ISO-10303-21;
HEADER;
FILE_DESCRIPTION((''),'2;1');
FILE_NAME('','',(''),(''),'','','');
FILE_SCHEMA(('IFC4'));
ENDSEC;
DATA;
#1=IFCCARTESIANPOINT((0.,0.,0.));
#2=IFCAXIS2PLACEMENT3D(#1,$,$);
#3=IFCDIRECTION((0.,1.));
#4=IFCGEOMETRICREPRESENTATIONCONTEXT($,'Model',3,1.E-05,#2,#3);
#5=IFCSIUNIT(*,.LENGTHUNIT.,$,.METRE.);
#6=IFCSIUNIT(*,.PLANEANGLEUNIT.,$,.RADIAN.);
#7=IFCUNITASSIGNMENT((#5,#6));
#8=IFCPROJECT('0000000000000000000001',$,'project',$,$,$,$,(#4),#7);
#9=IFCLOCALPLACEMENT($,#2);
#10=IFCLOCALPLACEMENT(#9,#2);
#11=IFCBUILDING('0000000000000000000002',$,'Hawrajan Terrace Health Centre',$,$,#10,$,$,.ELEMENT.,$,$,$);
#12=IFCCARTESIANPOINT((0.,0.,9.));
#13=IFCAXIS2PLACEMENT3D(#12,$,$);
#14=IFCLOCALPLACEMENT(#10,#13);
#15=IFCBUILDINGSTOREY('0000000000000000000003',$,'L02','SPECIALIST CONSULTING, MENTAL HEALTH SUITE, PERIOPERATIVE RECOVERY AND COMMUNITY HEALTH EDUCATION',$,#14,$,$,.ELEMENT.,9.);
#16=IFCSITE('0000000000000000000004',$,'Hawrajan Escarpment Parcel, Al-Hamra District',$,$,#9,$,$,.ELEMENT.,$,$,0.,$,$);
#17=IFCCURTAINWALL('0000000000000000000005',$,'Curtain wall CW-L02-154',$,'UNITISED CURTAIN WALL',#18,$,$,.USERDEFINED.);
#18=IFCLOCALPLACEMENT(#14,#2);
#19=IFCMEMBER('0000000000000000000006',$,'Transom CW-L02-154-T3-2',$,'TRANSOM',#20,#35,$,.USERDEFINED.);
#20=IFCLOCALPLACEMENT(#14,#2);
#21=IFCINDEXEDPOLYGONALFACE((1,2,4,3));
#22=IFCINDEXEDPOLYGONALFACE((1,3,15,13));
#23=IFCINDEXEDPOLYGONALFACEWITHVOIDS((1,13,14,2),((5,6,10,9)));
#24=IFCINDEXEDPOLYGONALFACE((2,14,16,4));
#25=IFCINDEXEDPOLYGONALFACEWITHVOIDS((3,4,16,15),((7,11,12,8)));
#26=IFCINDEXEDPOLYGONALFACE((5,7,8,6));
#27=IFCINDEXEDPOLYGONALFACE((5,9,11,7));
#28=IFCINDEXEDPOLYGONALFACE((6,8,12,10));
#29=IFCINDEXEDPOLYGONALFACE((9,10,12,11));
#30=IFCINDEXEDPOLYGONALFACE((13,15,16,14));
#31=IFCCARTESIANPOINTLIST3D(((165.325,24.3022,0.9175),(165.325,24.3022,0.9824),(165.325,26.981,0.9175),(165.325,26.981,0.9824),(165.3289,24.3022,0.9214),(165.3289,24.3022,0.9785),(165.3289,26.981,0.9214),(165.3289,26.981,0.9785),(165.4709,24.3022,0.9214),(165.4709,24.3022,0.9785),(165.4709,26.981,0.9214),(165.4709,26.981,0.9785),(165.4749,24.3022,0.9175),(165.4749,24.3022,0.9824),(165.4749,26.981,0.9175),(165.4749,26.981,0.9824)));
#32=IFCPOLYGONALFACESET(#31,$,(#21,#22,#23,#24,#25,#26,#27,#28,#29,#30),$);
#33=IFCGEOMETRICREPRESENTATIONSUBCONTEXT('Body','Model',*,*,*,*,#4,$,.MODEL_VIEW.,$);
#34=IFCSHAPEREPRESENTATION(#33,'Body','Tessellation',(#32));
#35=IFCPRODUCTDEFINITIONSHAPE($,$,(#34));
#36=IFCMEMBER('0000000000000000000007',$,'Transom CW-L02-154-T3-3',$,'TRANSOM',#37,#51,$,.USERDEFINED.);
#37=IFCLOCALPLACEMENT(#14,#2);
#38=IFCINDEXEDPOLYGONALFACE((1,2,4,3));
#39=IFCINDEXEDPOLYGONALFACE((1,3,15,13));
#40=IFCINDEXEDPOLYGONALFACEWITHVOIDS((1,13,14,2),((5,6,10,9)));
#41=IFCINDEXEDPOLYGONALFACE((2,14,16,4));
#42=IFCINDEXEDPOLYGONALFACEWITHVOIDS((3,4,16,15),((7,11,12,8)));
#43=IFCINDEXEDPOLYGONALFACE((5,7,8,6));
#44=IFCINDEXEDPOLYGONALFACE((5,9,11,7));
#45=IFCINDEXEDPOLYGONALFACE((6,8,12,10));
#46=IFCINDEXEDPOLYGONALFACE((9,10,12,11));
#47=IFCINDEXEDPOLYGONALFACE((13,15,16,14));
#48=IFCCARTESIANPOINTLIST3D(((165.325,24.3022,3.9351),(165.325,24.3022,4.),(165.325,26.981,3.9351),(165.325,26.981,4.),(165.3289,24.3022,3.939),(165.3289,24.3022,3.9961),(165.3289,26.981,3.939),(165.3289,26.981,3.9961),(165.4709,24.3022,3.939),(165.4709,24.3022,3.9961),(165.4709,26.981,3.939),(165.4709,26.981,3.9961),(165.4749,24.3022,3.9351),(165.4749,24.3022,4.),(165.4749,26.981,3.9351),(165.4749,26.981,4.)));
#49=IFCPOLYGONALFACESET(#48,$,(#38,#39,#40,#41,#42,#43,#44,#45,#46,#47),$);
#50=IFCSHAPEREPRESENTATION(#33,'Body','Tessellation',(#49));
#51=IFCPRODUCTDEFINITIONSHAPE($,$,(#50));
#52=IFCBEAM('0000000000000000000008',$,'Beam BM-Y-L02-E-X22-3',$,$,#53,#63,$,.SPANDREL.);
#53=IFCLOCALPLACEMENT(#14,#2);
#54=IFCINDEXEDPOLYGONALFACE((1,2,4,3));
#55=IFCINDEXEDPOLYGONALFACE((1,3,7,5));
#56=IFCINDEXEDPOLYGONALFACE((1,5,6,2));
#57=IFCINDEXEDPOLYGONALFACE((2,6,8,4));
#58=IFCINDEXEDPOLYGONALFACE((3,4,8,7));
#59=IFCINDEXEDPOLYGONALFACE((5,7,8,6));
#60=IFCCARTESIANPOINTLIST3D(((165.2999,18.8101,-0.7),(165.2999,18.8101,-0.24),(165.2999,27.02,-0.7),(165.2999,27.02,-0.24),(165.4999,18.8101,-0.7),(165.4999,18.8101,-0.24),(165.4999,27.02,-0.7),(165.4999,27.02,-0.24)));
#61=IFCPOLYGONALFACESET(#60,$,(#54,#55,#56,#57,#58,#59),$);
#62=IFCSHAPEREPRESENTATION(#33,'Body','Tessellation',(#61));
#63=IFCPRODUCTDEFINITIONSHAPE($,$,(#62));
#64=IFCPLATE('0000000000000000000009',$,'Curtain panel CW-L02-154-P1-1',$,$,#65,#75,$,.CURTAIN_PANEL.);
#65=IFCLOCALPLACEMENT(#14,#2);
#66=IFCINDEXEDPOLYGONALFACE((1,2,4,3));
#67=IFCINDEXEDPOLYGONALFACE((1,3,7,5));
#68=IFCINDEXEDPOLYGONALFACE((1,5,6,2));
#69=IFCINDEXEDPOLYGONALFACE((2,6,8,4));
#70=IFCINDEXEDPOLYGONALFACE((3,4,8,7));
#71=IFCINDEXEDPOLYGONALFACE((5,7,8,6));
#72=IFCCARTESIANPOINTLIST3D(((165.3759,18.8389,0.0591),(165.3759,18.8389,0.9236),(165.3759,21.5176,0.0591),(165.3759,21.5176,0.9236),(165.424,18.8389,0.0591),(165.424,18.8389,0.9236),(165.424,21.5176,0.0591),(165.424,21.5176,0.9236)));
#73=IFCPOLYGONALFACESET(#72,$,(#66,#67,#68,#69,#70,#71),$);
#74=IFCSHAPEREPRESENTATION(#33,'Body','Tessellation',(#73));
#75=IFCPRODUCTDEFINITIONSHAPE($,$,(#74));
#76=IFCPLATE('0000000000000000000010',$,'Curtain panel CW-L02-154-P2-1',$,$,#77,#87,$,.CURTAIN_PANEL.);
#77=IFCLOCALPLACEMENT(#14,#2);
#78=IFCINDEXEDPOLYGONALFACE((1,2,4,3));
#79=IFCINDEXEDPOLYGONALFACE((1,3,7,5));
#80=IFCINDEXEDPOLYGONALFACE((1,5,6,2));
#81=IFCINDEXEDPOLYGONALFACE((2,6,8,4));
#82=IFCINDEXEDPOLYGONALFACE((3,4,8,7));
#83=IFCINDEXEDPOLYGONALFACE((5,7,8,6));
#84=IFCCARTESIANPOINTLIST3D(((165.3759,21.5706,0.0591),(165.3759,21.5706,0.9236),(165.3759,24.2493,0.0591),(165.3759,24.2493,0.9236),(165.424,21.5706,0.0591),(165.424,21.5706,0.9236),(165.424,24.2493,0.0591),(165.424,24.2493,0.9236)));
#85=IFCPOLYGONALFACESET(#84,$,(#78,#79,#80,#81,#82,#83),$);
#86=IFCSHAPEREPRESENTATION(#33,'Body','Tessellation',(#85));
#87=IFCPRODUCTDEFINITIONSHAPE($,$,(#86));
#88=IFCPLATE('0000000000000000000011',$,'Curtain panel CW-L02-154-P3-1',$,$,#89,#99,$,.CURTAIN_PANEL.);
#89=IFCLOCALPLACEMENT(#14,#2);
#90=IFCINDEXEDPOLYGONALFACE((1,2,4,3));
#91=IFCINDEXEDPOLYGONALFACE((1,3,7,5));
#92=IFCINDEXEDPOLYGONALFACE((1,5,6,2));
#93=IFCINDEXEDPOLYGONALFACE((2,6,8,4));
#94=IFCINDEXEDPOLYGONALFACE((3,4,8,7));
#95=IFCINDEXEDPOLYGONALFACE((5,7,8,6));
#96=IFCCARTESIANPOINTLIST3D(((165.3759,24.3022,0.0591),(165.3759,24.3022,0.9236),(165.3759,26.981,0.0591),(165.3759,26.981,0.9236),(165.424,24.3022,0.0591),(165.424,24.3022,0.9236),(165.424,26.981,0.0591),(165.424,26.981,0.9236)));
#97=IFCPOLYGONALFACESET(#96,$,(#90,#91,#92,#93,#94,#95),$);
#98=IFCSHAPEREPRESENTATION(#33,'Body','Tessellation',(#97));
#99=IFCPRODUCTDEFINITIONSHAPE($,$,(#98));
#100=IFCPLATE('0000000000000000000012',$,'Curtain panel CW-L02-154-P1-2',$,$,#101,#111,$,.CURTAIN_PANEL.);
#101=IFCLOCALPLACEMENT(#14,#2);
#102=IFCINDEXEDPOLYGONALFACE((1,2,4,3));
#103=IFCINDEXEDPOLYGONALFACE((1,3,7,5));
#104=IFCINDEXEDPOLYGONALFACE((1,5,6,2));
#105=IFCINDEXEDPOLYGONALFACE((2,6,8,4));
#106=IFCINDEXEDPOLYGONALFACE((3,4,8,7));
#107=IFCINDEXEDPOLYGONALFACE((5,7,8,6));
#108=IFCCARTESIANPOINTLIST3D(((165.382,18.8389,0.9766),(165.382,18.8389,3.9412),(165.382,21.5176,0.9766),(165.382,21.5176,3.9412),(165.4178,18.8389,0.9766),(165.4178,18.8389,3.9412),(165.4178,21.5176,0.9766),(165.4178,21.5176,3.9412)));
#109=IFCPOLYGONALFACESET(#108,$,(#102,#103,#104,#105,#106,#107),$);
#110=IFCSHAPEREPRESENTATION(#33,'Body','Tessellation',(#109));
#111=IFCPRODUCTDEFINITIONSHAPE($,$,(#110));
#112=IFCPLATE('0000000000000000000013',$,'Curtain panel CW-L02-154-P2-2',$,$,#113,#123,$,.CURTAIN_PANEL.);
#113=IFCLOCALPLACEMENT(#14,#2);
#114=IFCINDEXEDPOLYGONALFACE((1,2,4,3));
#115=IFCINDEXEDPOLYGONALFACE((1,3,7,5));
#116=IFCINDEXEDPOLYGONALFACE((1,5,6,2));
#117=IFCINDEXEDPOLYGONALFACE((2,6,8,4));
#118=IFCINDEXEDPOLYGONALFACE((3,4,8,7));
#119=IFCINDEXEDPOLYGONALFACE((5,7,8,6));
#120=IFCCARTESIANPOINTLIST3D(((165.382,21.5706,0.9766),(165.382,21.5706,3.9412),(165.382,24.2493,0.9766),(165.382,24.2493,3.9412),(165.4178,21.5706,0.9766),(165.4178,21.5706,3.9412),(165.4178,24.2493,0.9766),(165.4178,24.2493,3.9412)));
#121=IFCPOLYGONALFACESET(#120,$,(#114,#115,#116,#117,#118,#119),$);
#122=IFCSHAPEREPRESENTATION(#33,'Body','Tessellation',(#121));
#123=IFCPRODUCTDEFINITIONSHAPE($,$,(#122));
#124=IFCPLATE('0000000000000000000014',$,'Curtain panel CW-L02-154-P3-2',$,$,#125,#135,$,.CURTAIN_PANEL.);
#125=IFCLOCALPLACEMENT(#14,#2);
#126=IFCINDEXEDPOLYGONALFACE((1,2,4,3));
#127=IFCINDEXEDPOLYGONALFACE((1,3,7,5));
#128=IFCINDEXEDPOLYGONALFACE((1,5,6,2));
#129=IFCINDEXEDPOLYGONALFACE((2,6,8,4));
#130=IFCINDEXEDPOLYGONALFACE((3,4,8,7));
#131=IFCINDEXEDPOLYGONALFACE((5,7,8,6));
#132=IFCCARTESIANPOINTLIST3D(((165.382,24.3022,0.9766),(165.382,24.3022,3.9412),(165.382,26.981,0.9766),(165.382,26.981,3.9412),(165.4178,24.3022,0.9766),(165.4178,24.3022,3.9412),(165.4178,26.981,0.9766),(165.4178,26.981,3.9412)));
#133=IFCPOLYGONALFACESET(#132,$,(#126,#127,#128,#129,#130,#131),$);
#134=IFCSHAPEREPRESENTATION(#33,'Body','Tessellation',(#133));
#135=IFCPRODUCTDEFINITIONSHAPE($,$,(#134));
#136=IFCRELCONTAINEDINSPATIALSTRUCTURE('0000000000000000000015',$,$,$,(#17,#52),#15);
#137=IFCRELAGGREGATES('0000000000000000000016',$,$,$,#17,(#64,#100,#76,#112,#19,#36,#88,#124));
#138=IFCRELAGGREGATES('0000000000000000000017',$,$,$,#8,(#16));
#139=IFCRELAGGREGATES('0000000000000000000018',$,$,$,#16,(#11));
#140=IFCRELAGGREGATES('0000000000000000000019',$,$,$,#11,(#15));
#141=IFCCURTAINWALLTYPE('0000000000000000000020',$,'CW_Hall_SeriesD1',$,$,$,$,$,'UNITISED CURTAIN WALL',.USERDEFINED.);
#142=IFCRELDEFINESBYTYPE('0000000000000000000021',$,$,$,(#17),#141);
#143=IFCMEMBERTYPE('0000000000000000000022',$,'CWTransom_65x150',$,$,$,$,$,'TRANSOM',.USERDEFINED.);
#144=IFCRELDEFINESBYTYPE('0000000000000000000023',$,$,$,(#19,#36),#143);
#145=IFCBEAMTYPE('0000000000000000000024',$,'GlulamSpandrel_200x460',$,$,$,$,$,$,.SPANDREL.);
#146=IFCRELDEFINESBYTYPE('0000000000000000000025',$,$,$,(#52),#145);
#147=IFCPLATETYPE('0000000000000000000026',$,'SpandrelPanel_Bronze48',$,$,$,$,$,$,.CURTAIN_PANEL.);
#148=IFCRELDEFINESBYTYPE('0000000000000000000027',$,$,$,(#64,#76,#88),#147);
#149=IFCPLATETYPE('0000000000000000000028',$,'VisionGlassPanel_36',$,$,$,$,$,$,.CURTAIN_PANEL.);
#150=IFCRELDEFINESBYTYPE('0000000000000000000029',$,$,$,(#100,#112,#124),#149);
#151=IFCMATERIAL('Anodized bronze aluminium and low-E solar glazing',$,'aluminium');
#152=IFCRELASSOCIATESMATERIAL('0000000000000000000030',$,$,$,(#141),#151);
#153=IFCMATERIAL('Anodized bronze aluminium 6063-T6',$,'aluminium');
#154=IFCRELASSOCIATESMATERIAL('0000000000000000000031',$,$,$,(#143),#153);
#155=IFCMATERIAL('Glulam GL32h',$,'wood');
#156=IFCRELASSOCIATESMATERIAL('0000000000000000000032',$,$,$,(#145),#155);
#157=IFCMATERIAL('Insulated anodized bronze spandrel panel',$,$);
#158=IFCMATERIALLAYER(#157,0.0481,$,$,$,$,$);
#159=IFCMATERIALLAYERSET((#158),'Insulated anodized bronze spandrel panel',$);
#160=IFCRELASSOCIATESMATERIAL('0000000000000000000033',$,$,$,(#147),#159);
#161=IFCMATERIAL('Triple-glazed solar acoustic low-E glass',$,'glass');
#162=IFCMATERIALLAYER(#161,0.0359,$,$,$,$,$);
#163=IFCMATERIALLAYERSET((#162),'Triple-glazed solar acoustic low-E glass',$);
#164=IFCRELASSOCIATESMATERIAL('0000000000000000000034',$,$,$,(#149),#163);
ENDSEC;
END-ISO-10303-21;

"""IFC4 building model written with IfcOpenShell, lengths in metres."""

from ifc_helpers import new_model, si_unit, direction, frame, origin, origin_2d, place, context, subcontext, project, spatial, rectangle, hollow_rectangle, extrude, material, layer, layer_set, material_profile, profile_set, type_object, element, aggregate, save


model = new_model("IFC4")

# Units and contexts
model_context = context("Model", 3, precision=1e-05, world=origin(), true_north=direction((0.0, 1.0)))
body_context = subcontext(model_context, "Body", "Model", "MODEL_VIEW")
ifc_project = project(units=[si_unit("LENGTHUNIT", "METRE"), si_unit("PLANEANGLEUNIT", "RADIAN")], contexts=[model_context])

# Site, building, storey
site_placement = place(None, origin())
site = spatial("IfcSite", under=ifc_project, at=site_placement, Name="Hawrajan Escarpment Parcel, Al-Hamra District", CompositionType="ELEMENT", RefElevation=0.0)
building_placement = place(site_placement, origin())
building = spatial("IfcBuilding", under=site, at=building_placement, Name="Hawrajan Terrace Health Centre", CompositionType="ELEMENT")
storey_placement = place(building_placement, frame((0.0, 0.0, 9.0)))
storey = spatial("IfcBuildingStorey", under=building, at=storey_placement, Name="L02", Description="SPECIALIST CONSULTING, MENTAL HEALTH SUITE, PERIOPERATIVE RECOVERY AND COMMUNITY HEALTH EDUCATION", CompositionType="ELEMENT", Elevation=9.0)

# Curtain wall, members
ifc_material_1 = material(Name="Anodized bronze aluminium and low-E solar glazing", Category="aluminium")
curtain_wall_type = type_object("IfcCurtainWallType", Name="CW_Hall_SeriesD1", ElementType="UNITISED CURTAIN WALL", PredefinedType="USERDEFINED", material=ifc_material_1)
curtain_wall_placement = place(storey_placement, origin())
curtain_wall = element("IfcCurtainWall", 1, at=curtain_wall_placement, inside=storey, type_object=curtain_wall_type, Name="Curtain wall CW-L02-154", ObjectType="UNITISED CURTAIN WALL", PredefinedType="USERDEFINED")
ifc_material_2 = material(Name="Anodized bronze aluminium 6063-T6", Category="aluminium")
ifc_material_profile_1 = material_profile(ifc_material_2, hollow_rectangle(XDim=0.0649, YDim=0.1499, WallThickness=0.0039, at=origin_2d()), Name="CW TRN 65x150")
ifc_profile_set_1 = profile_set([ifc_material_profile_1], Name="Anodized bronze aluminium 6063-T6")
member_type_1 = type_object("IfcMemberType", Name="CWTransom_65x150", ElementType="TRANSOM", PredefinedType="USERDEFINED", material=ifc_profile_set_1)
member_1_placement = place(storey_placement, frame((165.3999, 24.3022, 0.95), z_axis=(0.0, 1.0, 0.0), x_axis=(0.0, 0.0, 1.0)))
member_1 = element("IfcMember", 2, at=member_1_placement, type_object=member_type_1, Name="Transom CW-L02-154-T3-2", ObjectType="TRANSOM", PredefinedType="USERDEFINED", context=body_context, shape_type="SweptSolid", body=[
    extrude(hollow_rectangle(XDim=0.0649, YDim=0.1499, WallThickness=0.0039, at=origin_2d()), origin(), (0.0, 0.0, 1.0), 2.6787),
])
member_2_placement = place(storey_placement, frame((165.3999, 24.3022, 3.9675), z_axis=(0.0, 1.0, 0.0), x_axis=(0.0, 0.0, 1.0)))
member_2 = element("IfcMember", 3, at=member_2_placement, type_object=member_type_1, Name="Transom CW-L02-154-T3-3", ObjectType="TRANSOM", PredefinedType="USERDEFINED", context=body_context, shape_type="SweptSolid", body=[
    extrude(hollow_rectangle(XDim=0.0649, YDim=0.1499, WallThickness=0.0039, at=origin_2d()), origin(), (0.0, 0.0, 1.0), 2.6787),
])

# Beam
ifc_material_3 = material(Name="Glulam GL32h", Category="wood")
ifc_material_profile_2 = material_profile(ifc_material_3, rectangle(XDim=0.2, YDim=0.46, at=origin_2d()), Name="GL SP 200x460")
ifc_profile_set_2 = profile_set([ifc_material_profile_2], Name="Glulam GL32h")
beam_type = type_object("IfcBeamType", Name="GlulamSpandrel_200x460", PredefinedType="SPANDREL", material=ifc_profile_set_2)
beam_placement = place(storey_placement, frame((165.3999, 18.8101, -0.47), z_axis=(0.0, 1.0, 0.0), x_axis=(-1.0, 0.0, 0.0)))
element("IfcBeam", 4, at=beam_placement, inside=storey, type_object=beam_type, Name="Beam BM-Y-L02-E-X22-3", PredefinedType="SPANDREL", context=body_context, shape_type="SweptSolid", body=[
    extrude(rectangle(XDim=0.2, YDim=0.46, at=origin_2d()), origin(), (0.0, 0.0, 1.0), 8.21),
])

# Plates
ifc_material_4 = material(Name="Insulated anodized bronze spandrel panel")
ifc_layer_1 = layer(ifc_material_4, 0.0481)
ifc_layer_set_1 = layer_set([ifc_layer_1], Name="Insulated anodized bronze spandrel panel")
plate_type_1 = type_object("IfcPlateType", Name="SpandrelPanel_Bronze48", PredefinedType="CURTAIN_PANEL", material=ifc_layer_set_1)
plate_1_placement = place(storey_placement, frame((165.3999, 20.1782, 0.0591), z_axis=(0.0, 0.0, 1.0), x_axis=(0.0, 1.0, 0.0)))
plate_1 = element("IfcPlate", 5, at=plate_1_placement, type_object=plate_type_1, Name="Curtain panel CW-L02-154-P1-1", PredefinedType="CURTAIN_PANEL", context=body_context, shape_type="SweptSolid", body=[
    extrude(rectangle(XDim=2.6787, YDim=0.0481, at=origin_2d()), origin(), (0.0, 0.0, 1.0), 0.8645),
])
plate_2_placement = place(storey_placement, frame((165.3999, 22.9099, 0.0591), z_axis=(0.0, 0.0, 1.0), x_axis=(0.0, 1.0, 0.0)))
plate_2 = element("IfcPlate", 6, at=plate_2_placement, type_object=plate_type_1, Name="Curtain panel CW-L02-154-P2-1", PredefinedType="CURTAIN_PANEL", context=body_context, shape_type="SweptSolid", body=[
    extrude(rectangle(XDim=2.6787, YDim=0.0481, at=origin_2d()), origin(), (0.0, 0.0, 1.0), 0.8645),
])
plate_3_placement = place(storey_placement, frame((165.3999, 25.6416, 0.0591), z_axis=(0.0, 0.0, 1.0), x_axis=(0.0, 1.0, 0.0)))
plate_3 = element("IfcPlate", 7, at=plate_3_placement, type_object=plate_type_1, Name="Curtain panel CW-L02-154-P3-1", PredefinedType="CURTAIN_PANEL", context=body_context, shape_type="SweptSolid", body=[
    extrude(rectangle(XDim=2.6787, YDim=0.0481, at=origin_2d()), origin(), (0.0, 0.0, 1.0), 0.8645),
])
ifc_material_5 = material(Name="Triple-glazed solar acoustic low-E glass", Category="glass")
ifc_layer_2 = layer(ifc_material_5, 0.0359)
ifc_layer_set_2 = layer_set([ifc_layer_2], Name="Triple-glazed solar acoustic low-E glass")
plate_type_2 = type_object("IfcPlateType", Name="VisionGlassPanel_36", PredefinedType="CURTAIN_PANEL", material=ifc_layer_set_2)
plate_4_placement = place(storey_placement, frame((165.3999, 20.1782, 0.9766), z_axis=(0.0, 0.0, 1.0), x_axis=(0.0, 1.0, 0.0)))
plate_4 = element("IfcPlate", 8, at=plate_4_placement, type_object=plate_type_2, Name="Curtain panel CW-L02-154-P1-2", PredefinedType="CURTAIN_PANEL", context=body_context, shape_type="SweptSolid", body=[
    extrude(rectangle(XDim=2.6787, YDim=0.0359, at=origin_2d()), origin(), (0.0, 0.0, 1.0), 2.9646),
])
plate_5_placement = place(storey_placement, frame((165.3999, 22.9099, 0.9766), z_axis=(0.0, 0.0, 1.0), x_axis=(0.0, 1.0, 0.0)))
plate_5 = element("IfcPlate", 9, at=plate_5_placement, type_object=plate_type_2, Name="Curtain panel CW-L02-154-P2-2", PredefinedType="CURTAIN_PANEL", context=body_context, shape_type="SweptSolid", body=[
    extrude(rectangle(XDim=2.6787, YDim=0.0359, at=origin_2d()), origin(), (0.0, 0.0, 1.0), 2.9646),
])
plate_6_placement = place(storey_placement, frame((165.3999, 25.6416, 0.9766), z_axis=(0.0, 0.0, 1.0), x_axis=(0.0, 1.0, 0.0)))
plate_6 = element("IfcPlate", 10, at=plate_6_placement, type_object=plate_type_2, Name="Curtain panel CW-L02-154-P3-2", PredefinedType="CURTAIN_PANEL", context=body_context, shape_type="SweptSolid", body=[
    extrude(rectangle(XDim=2.6787, YDim=0.0359, at=origin_2d()), origin(), (0.0, 0.0, 1.0), 2.9646),
])
aggregate(curtain_wall, [plate_1, plate_4, plate_2, plate_5, member_1, member_2, plate_3, plate_6])

save(model, "model.ifc")
